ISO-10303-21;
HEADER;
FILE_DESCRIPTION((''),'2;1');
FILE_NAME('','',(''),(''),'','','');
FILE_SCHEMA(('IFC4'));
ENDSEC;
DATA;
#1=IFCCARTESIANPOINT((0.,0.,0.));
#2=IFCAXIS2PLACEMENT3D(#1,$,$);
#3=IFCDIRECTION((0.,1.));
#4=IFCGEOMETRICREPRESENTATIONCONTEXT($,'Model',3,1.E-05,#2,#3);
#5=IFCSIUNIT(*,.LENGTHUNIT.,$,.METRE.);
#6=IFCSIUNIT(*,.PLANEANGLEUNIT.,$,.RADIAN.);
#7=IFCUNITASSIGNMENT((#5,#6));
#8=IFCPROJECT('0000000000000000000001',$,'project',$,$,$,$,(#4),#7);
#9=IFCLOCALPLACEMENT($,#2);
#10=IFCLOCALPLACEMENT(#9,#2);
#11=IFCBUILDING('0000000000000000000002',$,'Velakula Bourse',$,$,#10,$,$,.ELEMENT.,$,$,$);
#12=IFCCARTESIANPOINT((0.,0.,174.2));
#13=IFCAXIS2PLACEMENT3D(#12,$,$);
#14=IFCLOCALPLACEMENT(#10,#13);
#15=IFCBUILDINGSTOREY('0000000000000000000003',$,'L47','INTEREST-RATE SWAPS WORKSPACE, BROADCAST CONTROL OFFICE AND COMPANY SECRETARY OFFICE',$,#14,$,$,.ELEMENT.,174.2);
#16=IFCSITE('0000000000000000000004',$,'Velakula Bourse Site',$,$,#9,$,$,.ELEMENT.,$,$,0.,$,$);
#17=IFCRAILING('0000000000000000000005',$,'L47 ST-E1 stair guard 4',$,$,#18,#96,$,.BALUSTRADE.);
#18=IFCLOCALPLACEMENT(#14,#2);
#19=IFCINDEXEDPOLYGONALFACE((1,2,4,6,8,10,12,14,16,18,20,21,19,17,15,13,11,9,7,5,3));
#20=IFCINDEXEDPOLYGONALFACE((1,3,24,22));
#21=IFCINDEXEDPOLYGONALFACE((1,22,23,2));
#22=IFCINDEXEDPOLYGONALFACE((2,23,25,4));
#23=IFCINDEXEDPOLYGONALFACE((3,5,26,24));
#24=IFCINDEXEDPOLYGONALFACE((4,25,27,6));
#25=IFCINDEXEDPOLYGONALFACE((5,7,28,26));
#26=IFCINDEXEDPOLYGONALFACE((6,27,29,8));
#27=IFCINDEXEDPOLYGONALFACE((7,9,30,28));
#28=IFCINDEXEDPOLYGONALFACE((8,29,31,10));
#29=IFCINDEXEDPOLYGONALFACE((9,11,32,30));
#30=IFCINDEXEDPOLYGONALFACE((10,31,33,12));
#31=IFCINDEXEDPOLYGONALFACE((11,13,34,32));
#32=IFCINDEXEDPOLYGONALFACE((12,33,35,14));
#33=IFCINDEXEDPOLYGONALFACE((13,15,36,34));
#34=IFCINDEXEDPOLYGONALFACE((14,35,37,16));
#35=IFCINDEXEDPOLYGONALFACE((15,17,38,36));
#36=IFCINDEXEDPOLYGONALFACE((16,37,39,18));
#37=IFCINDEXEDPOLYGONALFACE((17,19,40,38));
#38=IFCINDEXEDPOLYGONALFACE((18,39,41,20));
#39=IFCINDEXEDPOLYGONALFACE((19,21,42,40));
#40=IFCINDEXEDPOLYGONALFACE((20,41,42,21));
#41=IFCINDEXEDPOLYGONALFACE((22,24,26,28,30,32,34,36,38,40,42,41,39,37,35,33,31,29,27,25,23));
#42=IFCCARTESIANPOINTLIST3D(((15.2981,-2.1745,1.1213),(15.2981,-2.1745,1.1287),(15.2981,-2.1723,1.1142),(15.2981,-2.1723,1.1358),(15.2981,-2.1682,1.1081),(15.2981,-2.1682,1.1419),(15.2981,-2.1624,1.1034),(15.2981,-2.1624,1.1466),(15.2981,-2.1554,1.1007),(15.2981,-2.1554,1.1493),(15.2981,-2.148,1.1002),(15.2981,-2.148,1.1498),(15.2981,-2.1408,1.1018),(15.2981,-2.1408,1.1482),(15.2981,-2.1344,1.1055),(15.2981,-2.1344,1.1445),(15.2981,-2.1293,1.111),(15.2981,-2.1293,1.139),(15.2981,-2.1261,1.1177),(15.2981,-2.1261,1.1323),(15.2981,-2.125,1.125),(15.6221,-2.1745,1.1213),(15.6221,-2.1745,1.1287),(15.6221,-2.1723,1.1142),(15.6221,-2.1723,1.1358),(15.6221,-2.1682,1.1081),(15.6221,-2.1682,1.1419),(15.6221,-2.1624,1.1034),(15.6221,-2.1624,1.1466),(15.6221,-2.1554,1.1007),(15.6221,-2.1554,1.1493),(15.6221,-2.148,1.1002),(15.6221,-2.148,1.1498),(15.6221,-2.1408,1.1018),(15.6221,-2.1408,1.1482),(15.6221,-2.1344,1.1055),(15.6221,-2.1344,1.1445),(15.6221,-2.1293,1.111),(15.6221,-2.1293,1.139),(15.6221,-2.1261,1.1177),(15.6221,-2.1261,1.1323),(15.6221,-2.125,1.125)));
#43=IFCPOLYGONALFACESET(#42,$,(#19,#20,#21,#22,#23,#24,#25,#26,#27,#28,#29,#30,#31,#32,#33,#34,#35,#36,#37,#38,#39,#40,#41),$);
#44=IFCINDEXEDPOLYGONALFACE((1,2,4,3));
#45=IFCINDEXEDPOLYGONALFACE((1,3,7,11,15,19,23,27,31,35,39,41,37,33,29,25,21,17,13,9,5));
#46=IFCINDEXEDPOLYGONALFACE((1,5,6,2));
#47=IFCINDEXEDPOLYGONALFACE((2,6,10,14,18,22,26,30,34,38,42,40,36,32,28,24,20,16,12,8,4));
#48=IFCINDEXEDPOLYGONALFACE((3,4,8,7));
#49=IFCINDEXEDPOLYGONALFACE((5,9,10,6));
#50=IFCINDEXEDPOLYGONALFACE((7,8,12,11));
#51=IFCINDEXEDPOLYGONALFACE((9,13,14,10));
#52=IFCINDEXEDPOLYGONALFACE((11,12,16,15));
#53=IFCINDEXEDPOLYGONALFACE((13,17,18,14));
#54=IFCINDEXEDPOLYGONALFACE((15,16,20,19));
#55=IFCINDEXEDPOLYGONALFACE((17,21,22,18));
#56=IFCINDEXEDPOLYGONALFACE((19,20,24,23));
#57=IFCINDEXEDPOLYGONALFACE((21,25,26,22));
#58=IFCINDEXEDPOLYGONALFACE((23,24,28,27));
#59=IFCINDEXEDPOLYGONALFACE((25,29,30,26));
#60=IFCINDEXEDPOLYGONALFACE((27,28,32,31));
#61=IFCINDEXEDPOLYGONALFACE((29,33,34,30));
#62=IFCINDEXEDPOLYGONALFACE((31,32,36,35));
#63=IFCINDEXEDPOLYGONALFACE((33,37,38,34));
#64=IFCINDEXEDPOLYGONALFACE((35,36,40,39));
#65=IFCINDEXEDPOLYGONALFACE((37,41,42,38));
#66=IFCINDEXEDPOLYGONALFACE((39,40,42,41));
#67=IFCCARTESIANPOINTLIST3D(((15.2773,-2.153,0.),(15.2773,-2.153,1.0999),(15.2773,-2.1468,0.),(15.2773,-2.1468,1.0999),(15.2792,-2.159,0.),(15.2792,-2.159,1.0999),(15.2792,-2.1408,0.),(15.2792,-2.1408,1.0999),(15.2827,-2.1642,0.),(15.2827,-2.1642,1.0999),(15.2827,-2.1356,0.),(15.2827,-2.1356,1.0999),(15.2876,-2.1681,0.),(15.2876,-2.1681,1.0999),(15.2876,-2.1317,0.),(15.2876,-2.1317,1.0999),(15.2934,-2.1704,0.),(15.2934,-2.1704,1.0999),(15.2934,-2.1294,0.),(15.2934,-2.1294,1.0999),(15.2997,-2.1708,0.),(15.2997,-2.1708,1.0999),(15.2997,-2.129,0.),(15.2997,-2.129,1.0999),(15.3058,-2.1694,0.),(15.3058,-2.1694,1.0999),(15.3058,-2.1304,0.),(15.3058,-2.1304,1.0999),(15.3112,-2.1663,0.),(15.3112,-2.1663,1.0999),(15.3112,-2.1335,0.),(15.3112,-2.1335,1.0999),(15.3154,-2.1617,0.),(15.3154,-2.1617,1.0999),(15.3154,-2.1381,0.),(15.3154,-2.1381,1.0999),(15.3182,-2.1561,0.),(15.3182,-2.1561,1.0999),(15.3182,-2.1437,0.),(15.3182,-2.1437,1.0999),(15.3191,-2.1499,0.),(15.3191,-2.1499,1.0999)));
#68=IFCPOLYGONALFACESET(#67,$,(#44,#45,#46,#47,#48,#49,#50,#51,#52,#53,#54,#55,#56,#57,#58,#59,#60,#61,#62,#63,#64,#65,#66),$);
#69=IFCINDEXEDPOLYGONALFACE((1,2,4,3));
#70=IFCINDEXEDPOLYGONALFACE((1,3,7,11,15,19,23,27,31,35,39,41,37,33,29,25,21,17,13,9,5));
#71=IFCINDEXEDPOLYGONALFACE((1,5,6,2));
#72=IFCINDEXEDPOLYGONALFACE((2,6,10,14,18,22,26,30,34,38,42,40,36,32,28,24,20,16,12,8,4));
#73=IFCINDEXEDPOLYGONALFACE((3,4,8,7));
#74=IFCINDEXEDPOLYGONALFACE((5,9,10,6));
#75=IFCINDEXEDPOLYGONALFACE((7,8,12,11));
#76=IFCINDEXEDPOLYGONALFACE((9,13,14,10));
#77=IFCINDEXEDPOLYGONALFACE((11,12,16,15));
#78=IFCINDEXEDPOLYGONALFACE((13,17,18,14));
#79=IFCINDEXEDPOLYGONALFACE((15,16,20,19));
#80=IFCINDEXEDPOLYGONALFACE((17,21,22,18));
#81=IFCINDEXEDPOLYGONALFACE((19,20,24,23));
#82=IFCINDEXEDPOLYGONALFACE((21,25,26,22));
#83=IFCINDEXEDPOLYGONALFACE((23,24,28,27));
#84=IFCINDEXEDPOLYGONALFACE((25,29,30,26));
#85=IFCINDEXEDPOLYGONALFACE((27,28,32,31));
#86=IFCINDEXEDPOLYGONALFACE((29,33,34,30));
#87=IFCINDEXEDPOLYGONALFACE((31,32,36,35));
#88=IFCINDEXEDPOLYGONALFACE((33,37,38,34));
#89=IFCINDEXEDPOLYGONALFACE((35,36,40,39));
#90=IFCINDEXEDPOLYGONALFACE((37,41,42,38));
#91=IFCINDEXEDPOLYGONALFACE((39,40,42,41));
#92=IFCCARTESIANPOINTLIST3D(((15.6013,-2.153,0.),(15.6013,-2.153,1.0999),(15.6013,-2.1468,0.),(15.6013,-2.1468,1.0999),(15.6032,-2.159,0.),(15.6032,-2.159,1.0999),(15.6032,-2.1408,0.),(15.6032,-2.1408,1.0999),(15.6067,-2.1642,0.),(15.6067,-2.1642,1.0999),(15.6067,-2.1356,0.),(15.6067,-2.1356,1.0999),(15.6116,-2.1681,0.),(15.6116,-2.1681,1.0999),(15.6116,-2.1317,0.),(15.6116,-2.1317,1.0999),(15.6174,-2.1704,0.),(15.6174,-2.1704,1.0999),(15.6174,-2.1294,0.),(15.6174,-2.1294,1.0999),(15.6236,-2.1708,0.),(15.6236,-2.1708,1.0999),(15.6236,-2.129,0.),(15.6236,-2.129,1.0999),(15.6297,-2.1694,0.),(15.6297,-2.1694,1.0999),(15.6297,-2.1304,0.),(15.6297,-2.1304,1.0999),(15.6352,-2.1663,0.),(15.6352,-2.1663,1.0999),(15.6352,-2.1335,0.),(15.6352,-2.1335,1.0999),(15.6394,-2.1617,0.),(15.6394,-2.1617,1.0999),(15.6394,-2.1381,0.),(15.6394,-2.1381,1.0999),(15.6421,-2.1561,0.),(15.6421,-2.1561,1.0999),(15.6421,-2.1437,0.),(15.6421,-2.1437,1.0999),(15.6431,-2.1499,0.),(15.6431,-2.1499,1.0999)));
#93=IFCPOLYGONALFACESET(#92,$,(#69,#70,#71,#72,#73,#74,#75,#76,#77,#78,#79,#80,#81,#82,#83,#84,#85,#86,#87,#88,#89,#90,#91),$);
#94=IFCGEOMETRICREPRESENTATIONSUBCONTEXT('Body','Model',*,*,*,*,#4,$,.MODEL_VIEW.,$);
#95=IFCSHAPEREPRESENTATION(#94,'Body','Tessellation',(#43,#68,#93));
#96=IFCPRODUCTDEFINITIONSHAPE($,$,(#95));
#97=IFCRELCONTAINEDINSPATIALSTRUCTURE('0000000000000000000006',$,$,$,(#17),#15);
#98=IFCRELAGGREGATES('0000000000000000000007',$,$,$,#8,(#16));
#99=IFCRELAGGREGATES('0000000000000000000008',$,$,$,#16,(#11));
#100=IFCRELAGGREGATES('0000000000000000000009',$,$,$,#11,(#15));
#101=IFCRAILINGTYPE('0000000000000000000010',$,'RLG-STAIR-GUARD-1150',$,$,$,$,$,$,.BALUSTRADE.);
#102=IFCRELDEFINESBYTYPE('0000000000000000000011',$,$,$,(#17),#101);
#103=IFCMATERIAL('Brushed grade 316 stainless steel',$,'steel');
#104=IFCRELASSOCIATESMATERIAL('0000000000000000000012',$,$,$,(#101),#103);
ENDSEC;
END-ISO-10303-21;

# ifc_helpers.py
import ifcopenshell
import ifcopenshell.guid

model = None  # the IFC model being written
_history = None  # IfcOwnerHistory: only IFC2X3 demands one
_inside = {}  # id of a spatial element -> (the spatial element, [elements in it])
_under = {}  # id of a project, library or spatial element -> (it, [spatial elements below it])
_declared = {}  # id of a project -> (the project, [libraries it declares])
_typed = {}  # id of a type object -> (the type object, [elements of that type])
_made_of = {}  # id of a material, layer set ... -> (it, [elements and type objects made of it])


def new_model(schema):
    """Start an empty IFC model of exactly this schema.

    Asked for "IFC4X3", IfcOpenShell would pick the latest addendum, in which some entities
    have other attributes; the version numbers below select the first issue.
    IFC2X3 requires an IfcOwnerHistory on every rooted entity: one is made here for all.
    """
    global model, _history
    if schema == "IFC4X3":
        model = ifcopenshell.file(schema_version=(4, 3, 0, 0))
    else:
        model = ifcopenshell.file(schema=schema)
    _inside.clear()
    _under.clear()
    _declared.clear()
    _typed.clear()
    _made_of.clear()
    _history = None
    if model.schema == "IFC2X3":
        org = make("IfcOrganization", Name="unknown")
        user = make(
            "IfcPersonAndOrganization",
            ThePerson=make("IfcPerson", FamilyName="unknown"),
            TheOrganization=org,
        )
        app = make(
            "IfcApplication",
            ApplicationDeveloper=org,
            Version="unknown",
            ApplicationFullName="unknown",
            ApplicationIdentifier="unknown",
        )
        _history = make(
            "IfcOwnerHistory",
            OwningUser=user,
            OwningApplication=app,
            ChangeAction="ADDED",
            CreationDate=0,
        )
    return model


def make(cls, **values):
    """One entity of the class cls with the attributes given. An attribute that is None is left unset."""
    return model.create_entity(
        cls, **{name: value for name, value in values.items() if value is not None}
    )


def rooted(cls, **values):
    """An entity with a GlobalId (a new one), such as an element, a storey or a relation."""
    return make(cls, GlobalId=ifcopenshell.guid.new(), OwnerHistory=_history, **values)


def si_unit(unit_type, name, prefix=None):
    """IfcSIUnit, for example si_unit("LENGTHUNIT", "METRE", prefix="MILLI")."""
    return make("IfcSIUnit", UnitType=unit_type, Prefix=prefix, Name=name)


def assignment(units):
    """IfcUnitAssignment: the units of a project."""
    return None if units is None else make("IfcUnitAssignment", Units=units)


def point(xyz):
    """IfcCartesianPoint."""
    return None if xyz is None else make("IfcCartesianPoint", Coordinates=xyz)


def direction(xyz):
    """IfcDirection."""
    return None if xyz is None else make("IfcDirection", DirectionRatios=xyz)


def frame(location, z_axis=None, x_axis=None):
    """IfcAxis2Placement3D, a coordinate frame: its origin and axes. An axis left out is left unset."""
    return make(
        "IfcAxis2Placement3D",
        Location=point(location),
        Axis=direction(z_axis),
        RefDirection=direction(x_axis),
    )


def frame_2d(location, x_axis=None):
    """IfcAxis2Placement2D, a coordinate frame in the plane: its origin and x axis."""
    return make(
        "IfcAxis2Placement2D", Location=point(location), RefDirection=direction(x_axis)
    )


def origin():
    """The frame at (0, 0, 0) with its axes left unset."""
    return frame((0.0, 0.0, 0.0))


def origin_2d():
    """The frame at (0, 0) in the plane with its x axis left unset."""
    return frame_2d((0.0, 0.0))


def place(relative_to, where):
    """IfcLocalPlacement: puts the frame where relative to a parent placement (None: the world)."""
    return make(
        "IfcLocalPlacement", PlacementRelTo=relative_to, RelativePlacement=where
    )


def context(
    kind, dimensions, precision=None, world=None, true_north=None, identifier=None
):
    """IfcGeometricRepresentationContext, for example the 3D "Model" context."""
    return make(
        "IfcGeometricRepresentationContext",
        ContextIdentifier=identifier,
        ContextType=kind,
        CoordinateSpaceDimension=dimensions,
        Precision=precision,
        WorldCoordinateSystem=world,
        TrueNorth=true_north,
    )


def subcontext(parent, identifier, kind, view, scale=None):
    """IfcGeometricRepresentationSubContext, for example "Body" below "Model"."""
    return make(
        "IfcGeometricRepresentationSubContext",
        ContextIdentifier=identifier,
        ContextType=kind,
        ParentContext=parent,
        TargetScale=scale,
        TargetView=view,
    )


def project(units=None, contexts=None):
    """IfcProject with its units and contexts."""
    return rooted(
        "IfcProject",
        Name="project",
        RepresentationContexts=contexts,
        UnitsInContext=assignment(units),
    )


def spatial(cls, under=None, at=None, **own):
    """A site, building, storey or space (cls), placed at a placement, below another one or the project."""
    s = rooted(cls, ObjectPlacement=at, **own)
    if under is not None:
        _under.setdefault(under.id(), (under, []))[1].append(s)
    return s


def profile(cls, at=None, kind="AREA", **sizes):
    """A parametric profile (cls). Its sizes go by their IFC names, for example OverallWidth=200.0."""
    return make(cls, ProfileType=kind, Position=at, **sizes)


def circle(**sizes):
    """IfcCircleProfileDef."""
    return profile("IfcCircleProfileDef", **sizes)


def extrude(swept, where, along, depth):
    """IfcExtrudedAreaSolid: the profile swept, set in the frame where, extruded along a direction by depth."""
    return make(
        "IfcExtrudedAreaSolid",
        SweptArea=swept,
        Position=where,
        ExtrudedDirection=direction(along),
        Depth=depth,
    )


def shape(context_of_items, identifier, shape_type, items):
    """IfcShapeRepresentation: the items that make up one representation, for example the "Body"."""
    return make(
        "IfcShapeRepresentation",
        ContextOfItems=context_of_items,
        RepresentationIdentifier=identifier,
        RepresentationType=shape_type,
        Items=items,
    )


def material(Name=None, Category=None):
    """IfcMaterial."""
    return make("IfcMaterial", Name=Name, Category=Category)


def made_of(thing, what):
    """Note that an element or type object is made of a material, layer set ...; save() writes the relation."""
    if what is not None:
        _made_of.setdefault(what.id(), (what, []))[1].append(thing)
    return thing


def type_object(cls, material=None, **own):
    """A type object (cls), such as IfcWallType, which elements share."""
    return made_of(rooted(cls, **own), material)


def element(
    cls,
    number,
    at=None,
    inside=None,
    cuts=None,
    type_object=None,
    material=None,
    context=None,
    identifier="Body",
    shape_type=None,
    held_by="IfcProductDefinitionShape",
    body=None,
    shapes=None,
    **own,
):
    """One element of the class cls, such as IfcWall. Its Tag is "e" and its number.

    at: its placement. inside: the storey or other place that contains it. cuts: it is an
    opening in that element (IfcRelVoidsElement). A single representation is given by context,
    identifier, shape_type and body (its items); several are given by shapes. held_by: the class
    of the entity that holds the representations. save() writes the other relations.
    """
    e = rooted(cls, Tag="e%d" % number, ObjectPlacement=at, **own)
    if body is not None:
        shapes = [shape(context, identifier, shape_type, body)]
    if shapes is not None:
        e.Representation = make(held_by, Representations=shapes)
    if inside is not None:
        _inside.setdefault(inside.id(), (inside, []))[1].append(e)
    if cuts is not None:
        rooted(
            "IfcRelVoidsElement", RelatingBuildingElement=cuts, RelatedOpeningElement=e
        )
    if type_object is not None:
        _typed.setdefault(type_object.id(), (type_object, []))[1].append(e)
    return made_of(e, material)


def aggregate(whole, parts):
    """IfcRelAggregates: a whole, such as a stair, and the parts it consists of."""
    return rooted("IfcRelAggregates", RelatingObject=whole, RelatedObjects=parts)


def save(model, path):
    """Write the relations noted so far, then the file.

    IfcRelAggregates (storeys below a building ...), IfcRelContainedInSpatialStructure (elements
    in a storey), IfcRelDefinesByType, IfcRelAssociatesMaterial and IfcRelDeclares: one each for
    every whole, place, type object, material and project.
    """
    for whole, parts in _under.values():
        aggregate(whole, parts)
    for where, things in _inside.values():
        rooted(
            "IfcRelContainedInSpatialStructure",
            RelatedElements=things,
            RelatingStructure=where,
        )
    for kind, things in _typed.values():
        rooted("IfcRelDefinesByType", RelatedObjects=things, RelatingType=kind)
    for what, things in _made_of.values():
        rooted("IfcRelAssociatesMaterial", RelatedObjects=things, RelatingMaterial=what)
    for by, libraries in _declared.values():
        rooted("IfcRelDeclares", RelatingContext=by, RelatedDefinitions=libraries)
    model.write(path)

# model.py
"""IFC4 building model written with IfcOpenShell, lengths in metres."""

from ifc_helpers import new_model, si_unit, direction, frame, origin, origin_2d, place, context, subcontext, project, spatial, circle, extrude, material, type_object, element, save


model = new_model("IFC4")

# Units and contexts
model_context = context("Model", 3, precision=1e-05, world=origin(), true_north=direction((0.0, 1.0)))
body_context = subcontext(model_context, "Body", "Model", "MODEL_VIEW")
ifc_project = project(units=[si_unit("LENGTHUNIT", "METRE"), si_unit("PLANEANGLEUNIT", "RADIAN")], contexts=[model_context])

# Site, building, storey
site_placement = place(None, origin())
site = spatial("IfcSite", under=ifc_project, at=site_placement, Name="Velakula Bourse Site", CompositionType="ELEMENT", RefElevation=0.0)
building_placement = place(site_placement, origin())
building = spatial("IfcBuilding", under=site, at=building_placement, Name="Velakula Bourse", CompositionType="ELEMENT")
storey_placement = place(building_placement, frame((0.0, 0.0, 174.2)))
storey = spatial("IfcBuildingStorey", under=building, at=storey_placement, Name="L47", Description="INTEREST-RATE SWAPS WORKSPACE, BROADCAST CONTROL OFFICE AND COMPANY SECRETARY OFFICE", CompositionType="ELEMENT", Elevation=174.2)

# Shared definitions
ifc_material_1 = material(Name="Brushed grade 316 stainless steel", Category="steel")

# Railing
railing_type_1 = type_object("IfcRailingType", Name="RLG-STAIR-GUARD-1150", PredefinedType="BALUSTRADE", material=ifc_material_1)
railing_1_placement = place(storey_placement, frame((15.2981, -2.1499, 0.0)))
element("IfcRailing", 1, at=railing_1_placement, inside=storey, type_object=railing_type_1, Name="L47 ST-E1 stair guard 4", PredefinedType="BALUSTRADE", context=body_context, shape_type="SweptSolid", body=[
    extrude(circle(Radius=0.0249, at=origin_2d()), frame((0.0, 0.0, 1.125), z_axis=(1.0, 0.0, 0.0), x_axis=(0.0, 1.0, 0.0)), (0.0, 0.0, 1.0), 0.324),
    extrude(circle(Radius=0.021, at=origin_2d()), origin(), (0.0, 0.0, 1.0), 1.0999),
    extrude(circle(Radius=0.021, at=origin_2d()), frame((0.324, 0.0, 0.0)), (0.0, 0.0, 1.0), 1.0999),
])

save(model, "model.ifc")
